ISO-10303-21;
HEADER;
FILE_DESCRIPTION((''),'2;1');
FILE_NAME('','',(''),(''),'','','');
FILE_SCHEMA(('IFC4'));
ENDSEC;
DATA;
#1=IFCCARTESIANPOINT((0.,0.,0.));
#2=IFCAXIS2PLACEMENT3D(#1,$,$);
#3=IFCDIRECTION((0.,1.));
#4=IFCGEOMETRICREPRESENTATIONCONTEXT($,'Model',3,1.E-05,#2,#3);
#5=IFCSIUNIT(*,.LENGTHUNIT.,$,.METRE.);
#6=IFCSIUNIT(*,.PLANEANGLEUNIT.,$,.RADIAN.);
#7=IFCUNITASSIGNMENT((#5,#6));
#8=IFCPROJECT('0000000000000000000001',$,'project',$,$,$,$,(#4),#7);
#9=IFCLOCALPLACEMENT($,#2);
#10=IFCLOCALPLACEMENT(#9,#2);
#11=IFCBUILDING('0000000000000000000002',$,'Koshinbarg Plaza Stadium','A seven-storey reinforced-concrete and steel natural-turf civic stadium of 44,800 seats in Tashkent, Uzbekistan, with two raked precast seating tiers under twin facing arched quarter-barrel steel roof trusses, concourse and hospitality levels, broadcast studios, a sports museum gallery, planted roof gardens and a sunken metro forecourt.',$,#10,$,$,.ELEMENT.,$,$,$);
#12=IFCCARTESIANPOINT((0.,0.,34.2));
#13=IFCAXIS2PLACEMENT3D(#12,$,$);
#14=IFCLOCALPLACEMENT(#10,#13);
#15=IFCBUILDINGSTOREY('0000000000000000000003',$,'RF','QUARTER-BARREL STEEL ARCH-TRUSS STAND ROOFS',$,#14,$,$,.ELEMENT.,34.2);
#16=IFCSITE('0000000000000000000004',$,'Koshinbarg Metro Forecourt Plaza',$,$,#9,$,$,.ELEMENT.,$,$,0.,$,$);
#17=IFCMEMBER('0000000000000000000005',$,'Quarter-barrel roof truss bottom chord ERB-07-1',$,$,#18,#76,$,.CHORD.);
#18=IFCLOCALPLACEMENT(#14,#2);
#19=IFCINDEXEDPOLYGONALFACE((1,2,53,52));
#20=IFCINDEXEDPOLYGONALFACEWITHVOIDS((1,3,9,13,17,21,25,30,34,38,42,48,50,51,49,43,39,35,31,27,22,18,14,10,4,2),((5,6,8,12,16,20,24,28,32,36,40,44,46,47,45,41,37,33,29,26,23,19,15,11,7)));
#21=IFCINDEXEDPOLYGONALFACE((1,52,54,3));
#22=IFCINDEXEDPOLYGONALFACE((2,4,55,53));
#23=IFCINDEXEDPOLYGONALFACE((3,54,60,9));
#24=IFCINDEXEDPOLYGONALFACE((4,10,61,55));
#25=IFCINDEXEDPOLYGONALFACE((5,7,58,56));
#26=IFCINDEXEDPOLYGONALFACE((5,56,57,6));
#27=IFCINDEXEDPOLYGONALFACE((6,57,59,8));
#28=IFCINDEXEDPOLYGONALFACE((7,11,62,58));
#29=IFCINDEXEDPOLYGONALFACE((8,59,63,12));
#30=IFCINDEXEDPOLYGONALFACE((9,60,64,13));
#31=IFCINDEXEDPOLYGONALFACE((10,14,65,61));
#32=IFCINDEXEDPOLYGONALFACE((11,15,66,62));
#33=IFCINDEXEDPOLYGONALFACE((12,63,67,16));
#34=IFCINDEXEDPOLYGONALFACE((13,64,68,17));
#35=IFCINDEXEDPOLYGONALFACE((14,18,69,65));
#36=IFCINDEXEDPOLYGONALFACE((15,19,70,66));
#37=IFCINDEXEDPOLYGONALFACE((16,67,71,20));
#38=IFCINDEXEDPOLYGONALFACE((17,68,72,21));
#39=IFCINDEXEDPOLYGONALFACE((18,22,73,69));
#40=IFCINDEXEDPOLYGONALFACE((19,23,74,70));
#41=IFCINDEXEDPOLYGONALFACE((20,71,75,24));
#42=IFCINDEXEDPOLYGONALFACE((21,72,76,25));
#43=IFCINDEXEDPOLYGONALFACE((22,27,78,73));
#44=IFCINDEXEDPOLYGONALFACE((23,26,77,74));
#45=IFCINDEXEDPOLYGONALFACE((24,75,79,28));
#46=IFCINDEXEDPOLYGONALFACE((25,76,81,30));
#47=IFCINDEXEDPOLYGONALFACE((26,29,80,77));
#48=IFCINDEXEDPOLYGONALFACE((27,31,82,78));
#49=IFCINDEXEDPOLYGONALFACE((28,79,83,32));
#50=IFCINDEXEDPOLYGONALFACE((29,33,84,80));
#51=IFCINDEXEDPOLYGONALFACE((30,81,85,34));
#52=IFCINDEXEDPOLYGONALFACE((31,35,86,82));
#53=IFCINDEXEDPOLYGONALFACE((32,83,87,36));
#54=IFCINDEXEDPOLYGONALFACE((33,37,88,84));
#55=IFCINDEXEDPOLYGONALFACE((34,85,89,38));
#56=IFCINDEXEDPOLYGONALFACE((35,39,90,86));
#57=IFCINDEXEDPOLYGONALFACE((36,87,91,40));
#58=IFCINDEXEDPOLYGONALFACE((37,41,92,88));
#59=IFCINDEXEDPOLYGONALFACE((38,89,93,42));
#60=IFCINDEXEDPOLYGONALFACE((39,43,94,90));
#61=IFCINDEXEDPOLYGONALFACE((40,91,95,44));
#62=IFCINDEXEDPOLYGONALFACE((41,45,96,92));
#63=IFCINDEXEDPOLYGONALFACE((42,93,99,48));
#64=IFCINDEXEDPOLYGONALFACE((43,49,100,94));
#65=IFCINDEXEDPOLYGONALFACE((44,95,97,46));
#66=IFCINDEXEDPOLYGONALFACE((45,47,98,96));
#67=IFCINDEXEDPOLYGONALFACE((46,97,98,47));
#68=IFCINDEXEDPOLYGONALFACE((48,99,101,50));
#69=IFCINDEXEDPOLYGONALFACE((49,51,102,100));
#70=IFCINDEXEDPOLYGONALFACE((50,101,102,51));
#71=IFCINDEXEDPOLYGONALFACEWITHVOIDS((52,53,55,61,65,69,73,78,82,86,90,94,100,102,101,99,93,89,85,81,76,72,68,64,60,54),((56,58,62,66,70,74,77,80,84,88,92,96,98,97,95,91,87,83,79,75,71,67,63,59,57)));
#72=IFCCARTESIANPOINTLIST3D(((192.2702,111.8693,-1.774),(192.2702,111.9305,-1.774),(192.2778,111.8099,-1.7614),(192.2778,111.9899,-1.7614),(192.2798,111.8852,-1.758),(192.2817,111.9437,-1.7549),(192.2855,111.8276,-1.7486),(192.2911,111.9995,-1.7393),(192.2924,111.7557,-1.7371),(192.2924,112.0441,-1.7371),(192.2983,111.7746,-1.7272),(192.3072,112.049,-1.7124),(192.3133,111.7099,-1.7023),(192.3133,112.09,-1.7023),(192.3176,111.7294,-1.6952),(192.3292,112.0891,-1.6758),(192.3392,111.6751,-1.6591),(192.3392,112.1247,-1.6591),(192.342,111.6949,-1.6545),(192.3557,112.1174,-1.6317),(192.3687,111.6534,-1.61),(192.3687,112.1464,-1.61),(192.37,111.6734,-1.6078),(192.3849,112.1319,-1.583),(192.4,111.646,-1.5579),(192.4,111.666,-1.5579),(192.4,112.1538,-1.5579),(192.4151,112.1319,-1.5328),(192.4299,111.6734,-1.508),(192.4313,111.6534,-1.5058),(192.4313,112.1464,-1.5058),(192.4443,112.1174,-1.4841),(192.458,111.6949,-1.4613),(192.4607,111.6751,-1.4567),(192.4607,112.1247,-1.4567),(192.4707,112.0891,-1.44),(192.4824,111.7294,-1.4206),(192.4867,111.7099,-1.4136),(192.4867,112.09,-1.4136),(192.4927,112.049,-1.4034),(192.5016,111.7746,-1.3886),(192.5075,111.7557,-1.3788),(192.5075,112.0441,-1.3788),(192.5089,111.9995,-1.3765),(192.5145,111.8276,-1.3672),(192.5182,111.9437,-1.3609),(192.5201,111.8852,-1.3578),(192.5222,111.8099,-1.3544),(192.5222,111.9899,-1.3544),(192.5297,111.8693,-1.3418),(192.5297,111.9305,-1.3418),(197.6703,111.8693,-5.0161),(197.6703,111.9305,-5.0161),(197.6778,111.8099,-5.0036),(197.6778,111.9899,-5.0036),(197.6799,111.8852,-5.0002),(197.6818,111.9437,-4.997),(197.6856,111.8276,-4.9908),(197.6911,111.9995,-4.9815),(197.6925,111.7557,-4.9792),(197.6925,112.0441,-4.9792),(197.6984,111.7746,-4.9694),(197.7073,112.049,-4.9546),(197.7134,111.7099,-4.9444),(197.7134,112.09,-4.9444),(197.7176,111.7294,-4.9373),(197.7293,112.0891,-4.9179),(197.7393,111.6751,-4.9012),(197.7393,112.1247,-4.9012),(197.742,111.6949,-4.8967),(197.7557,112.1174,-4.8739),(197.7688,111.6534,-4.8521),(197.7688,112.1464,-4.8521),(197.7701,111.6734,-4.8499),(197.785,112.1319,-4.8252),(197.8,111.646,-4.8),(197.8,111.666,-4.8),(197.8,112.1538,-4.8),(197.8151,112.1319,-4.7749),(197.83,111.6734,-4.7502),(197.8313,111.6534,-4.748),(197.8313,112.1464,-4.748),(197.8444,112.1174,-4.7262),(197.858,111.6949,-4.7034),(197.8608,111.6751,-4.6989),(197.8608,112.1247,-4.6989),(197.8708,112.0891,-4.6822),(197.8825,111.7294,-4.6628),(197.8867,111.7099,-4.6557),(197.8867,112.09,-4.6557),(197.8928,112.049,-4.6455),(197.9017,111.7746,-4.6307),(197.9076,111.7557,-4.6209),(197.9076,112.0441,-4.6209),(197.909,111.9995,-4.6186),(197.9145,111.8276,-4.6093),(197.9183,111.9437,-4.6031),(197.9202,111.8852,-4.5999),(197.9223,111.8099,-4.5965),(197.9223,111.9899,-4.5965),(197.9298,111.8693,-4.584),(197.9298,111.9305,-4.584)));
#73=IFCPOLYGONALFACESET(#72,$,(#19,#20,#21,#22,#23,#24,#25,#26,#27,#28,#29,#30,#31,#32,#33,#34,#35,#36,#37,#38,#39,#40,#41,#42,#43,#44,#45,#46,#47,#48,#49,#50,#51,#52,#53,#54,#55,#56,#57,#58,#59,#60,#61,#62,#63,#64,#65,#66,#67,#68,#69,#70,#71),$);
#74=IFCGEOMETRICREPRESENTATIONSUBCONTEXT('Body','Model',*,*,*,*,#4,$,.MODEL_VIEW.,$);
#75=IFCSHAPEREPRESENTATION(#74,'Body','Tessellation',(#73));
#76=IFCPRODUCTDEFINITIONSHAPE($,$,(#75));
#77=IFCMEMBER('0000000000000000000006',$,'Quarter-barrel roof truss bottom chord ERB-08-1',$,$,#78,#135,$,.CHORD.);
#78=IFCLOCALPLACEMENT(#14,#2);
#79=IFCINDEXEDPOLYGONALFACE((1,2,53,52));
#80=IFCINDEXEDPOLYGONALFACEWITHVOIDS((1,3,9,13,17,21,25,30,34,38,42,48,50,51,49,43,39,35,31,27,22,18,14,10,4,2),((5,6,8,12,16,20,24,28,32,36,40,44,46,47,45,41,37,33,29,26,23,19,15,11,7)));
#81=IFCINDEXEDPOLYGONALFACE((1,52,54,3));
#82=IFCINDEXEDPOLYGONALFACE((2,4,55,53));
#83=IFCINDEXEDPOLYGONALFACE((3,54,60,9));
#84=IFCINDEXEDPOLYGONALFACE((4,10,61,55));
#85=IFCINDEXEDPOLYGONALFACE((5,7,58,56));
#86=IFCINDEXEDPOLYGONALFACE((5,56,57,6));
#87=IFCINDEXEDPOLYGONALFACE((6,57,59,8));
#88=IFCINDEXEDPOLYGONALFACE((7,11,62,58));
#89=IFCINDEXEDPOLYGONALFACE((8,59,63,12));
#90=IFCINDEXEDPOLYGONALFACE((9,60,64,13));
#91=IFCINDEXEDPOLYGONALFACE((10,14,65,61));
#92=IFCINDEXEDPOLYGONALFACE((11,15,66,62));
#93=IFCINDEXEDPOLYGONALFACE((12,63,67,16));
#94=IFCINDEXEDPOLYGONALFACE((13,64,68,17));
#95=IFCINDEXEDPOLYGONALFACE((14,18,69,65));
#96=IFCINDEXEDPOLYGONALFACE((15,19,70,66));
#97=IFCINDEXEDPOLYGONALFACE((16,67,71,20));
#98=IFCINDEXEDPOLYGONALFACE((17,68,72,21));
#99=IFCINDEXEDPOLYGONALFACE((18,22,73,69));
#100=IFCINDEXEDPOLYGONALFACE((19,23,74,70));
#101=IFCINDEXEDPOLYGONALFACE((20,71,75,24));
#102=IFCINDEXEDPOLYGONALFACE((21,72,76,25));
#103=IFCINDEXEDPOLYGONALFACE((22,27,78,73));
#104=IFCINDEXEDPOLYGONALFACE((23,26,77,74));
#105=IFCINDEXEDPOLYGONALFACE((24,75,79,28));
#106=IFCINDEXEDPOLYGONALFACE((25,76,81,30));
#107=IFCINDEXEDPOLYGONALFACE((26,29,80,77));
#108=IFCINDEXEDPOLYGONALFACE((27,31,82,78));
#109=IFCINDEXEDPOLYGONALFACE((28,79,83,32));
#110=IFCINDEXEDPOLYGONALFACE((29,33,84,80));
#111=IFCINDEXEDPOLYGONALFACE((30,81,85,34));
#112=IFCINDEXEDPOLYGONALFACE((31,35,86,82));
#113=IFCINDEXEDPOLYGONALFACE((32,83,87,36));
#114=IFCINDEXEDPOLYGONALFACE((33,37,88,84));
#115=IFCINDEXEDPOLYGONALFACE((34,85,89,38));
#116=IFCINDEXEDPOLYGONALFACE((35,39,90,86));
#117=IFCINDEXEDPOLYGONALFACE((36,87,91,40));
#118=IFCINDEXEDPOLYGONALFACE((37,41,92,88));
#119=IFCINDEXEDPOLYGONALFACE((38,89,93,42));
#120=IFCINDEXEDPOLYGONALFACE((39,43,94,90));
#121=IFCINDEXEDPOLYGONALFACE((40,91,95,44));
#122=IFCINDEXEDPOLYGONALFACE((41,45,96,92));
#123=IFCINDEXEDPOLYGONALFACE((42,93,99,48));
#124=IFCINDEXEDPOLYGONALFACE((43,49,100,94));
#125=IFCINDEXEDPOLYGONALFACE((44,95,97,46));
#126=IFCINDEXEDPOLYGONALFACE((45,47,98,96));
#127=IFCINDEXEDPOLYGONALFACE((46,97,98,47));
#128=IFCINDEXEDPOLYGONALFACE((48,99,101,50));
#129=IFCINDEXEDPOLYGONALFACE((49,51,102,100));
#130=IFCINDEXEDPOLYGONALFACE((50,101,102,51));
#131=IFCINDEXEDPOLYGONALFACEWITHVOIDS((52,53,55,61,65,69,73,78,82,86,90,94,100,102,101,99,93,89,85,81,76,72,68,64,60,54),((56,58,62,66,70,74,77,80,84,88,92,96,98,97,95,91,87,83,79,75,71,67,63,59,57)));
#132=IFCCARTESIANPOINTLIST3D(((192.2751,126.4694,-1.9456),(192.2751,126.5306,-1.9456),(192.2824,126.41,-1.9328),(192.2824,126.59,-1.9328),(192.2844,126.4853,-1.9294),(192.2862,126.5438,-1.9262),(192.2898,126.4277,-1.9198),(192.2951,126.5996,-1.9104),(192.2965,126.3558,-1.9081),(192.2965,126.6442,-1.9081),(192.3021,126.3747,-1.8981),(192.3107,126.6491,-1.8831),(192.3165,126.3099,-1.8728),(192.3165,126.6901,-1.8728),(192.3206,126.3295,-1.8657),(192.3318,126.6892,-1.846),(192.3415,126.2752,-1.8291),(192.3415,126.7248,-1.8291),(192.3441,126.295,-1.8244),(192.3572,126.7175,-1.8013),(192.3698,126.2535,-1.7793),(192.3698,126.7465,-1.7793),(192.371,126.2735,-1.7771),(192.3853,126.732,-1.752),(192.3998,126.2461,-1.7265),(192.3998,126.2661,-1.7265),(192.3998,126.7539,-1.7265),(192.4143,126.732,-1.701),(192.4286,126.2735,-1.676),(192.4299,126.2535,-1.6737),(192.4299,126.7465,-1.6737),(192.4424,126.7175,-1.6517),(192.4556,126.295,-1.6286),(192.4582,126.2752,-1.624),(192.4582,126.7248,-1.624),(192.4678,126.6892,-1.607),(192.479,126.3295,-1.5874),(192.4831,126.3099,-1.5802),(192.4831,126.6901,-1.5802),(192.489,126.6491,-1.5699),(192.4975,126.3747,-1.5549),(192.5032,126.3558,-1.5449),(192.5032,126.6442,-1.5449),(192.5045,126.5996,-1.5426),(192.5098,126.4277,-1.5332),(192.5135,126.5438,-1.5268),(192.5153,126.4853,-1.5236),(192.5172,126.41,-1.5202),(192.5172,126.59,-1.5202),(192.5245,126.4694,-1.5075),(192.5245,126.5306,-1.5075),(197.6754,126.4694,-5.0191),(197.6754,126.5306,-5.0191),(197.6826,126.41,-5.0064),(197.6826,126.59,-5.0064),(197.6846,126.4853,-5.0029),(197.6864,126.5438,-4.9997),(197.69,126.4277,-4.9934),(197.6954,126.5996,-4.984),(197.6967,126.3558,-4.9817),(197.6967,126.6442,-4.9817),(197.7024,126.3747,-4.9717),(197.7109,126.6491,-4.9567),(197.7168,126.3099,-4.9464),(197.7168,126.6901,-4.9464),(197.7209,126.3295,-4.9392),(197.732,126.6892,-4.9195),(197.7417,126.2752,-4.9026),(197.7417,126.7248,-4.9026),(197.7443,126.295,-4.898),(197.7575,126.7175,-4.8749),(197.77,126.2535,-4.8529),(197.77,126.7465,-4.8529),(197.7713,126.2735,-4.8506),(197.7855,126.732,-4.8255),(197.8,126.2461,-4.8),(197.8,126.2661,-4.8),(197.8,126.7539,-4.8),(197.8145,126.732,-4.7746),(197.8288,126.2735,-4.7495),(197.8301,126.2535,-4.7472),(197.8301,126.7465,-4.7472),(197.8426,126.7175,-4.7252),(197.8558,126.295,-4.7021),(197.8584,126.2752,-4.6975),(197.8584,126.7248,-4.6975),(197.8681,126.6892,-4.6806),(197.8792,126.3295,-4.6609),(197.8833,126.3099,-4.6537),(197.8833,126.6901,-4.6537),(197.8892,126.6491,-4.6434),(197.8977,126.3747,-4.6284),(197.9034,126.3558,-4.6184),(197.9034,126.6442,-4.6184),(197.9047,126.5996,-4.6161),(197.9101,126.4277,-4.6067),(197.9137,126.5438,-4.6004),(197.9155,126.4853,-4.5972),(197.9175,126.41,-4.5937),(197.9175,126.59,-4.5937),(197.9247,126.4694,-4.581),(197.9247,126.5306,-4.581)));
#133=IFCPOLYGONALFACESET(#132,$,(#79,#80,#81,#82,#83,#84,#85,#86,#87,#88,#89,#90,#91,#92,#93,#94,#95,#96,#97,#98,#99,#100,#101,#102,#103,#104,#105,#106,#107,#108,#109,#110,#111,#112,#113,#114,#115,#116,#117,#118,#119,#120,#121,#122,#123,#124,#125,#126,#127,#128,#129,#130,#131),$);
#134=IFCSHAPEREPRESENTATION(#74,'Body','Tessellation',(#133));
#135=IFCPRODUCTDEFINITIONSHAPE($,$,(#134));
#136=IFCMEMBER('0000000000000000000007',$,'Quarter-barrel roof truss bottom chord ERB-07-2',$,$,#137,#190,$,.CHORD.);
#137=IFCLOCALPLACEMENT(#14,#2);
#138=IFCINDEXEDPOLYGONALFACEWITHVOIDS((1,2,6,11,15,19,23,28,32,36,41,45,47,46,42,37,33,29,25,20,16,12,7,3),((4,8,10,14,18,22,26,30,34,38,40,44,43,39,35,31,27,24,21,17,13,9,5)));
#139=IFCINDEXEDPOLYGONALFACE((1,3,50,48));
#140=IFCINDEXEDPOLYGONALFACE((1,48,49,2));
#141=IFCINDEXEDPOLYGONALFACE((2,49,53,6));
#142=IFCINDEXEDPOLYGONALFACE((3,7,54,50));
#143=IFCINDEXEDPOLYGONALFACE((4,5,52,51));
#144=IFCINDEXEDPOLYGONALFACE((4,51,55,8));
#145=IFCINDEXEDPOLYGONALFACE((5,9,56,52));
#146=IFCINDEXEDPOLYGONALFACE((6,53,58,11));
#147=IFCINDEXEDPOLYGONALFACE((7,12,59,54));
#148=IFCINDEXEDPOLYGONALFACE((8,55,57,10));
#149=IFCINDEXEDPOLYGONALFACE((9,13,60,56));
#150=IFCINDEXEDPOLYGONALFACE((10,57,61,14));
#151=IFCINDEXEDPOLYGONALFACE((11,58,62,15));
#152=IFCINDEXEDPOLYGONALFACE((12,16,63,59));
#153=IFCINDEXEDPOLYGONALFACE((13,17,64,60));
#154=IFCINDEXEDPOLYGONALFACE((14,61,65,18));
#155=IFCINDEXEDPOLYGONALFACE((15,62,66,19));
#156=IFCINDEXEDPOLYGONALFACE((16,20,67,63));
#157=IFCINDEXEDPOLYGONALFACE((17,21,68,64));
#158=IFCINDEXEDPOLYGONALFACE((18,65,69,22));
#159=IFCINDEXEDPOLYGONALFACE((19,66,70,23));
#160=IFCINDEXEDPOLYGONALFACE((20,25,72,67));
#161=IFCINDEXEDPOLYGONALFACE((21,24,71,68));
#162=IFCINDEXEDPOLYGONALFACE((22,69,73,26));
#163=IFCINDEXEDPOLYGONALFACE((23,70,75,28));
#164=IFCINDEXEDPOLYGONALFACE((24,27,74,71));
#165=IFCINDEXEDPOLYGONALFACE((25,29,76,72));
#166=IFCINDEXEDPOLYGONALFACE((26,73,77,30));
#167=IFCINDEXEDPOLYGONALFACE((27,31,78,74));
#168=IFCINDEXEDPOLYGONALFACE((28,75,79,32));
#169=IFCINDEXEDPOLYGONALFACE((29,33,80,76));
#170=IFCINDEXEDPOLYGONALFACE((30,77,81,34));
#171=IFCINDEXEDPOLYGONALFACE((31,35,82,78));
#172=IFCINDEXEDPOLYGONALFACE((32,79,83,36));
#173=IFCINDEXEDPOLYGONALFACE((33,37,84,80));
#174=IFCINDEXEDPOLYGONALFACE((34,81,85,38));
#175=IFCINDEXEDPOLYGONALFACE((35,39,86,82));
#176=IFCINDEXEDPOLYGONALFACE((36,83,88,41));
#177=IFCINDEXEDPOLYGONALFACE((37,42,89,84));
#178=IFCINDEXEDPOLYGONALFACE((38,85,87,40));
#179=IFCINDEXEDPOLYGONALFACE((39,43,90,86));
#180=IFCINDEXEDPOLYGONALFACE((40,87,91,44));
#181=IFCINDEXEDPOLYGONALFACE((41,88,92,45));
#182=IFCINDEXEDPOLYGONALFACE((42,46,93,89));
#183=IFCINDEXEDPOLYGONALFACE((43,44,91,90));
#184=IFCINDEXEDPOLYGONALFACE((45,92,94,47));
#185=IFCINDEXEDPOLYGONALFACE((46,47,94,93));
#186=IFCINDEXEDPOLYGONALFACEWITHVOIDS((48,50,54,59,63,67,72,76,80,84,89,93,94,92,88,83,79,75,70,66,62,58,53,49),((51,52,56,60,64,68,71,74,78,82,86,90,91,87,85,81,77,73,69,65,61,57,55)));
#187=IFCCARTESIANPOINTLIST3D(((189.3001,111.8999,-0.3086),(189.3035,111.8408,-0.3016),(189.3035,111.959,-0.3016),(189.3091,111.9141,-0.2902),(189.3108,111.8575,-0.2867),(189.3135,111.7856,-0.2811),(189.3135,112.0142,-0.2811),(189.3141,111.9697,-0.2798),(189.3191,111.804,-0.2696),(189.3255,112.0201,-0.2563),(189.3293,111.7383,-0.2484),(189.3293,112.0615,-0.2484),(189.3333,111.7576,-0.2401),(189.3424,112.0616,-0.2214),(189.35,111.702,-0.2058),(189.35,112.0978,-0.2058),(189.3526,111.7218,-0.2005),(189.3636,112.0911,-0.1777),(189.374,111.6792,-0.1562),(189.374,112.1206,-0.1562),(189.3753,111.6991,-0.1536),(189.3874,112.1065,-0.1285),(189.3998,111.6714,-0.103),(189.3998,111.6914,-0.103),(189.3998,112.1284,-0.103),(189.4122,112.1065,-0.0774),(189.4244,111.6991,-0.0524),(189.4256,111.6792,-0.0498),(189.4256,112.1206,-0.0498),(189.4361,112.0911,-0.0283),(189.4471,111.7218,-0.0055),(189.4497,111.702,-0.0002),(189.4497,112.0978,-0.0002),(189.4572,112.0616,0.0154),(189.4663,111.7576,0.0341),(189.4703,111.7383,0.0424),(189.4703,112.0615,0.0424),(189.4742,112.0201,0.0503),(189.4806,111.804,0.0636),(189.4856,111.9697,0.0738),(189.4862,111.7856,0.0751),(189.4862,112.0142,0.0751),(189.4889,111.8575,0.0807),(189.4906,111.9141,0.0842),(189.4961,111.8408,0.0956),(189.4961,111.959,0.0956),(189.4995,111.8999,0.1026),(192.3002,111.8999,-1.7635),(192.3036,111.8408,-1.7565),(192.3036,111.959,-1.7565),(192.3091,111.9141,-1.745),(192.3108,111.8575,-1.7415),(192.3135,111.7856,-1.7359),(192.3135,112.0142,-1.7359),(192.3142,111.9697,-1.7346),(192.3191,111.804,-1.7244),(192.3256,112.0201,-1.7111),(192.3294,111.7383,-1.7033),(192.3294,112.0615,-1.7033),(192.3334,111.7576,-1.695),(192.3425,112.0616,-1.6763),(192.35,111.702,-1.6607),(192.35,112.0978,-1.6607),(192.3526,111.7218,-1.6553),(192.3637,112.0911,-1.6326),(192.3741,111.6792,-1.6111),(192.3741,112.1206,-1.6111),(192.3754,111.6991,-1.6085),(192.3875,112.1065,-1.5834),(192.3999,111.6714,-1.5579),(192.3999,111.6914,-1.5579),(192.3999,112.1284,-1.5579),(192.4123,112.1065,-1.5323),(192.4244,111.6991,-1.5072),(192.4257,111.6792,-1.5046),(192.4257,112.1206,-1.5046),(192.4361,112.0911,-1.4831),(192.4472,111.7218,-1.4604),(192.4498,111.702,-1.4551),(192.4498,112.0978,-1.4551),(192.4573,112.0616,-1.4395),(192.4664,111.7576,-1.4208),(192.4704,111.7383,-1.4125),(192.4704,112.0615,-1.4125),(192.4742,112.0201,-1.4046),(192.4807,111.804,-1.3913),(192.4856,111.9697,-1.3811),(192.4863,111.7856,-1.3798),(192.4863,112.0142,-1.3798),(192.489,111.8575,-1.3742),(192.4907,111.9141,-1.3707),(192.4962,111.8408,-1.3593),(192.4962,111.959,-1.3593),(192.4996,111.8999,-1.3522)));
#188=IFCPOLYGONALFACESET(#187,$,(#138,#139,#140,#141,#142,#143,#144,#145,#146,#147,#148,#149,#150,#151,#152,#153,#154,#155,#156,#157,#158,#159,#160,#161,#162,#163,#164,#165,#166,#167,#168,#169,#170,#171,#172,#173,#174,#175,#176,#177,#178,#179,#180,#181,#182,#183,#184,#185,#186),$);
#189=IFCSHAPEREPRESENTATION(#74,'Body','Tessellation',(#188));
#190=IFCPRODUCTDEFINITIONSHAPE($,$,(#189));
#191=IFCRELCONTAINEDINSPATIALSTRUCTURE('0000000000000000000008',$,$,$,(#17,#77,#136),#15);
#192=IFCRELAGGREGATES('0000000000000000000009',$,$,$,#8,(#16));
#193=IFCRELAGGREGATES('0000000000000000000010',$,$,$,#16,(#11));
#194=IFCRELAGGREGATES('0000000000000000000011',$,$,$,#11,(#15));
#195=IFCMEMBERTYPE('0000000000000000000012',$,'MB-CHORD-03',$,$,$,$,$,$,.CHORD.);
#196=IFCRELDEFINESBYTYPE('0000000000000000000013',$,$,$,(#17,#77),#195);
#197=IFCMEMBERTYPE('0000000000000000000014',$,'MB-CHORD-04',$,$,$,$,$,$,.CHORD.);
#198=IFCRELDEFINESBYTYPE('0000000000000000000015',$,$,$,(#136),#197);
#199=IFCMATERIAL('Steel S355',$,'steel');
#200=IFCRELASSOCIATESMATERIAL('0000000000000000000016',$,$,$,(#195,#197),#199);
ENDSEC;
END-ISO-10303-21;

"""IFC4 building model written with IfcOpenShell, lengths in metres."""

from ifc_helpers import new_model, si_unit, direction, frame, origin, origin_2d, place, context, subcontext, project, spatial, hollow_circle, extrude, material, material_profile, profile_set, type_object, element, save


model = new_model("IFC4")

# Units and contexts
model_context = context("Model", 3, precision=1e-05, world=origin(), true_north=direction((0.0, 1.0)))
body_context = subcontext(model_context, "Body", "Model", "MODEL_VIEW")
ifc_project = project(units=[si_unit("LENGTHUNIT", "METRE"), si_unit("PLANEANGLEUNIT", "RADIAN")], contexts=[model_context])

# Site, building, storey
site_placement = place(None, origin())
site = spatial("IfcSite", under=ifc_project, at=site_placement, Name="Koshinbarg Metro Forecourt Plaza", CompositionType="ELEMENT", RefElevation=0.0)
building_placement = place(site_placement, origin())
building = spatial("IfcBuilding", under=site, at=building_placement, Name="Koshinbarg Plaza Stadium", Description="A seven-storey reinforced-concrete and steel natural-turf civic stadium of 44,800 seats in Tashkent, Uzbekistan, with two raked precast seating tiers under twin facing arched quarter-barrel steel roof trusses, concourse and hospitality levels, broadcast studios, a sports museum gallery, planted roof gardens and a sunken metro forecourt.", CompositionType="ELEMENT")
storey_placement = place(building_placement, frame((0.0, 0.0, 34.2)))
storey = spatial("IfcBuildingStorey", under=building, at=storey_placement, Name="RF", Description="QUARTER-BARREL STEEL ARCH-TRUSS STAND ROOFS", CompositionType="ELEMENT", Elevation=34.2)

# Members
ifc_material_1 = material(Name="Steel S355", Category="steel")
ifc_material_profile_1 = material_profile(ifc_material_1, hollow_circle(Radius=0.2539, WallThickness=0.02, at=origin_2d()), Name="CHS 508x20")
ifc_profile_set_1 = profile_set([ifc_material_profile_1], Name="Steel S355")
member_type_1 = type_object("IfcMemberType", Name="MB-CHORD-03", PredefinedType="CHORD", material=ifc_profile_set_1)
member_1_placement = place(storey_placement, frame((197.8, 111.8999, -4.8), z_axis=(-0.857346, 0.0, 0.514741), x_axis=(0.0, -1.0, 0.0)))
element("IfcMember", 1, at=member_1_placement, inside=storey, type_object=member_type_1, Name="Quarter-barrel roof truss bottom chord ERB-07-1", PredefinedType="CHORD", context=body_context, shape_type="SweptSolid", body=[
    extrude(hollow_circle(Radius=0.2539, WallThickness=0.02, at=origin_2d()), origin(), (0.0, 0.0, 1.0), 6.2986),
])
member_2_placement = place(storey_placement, frame((197.8, 126.5, -4.8), z_axis=(-0.869095, 0.0, 0.494645), x_axis=(0.0, -1.0, 0.0)))
element("IfcMember", 2, at=member_2_placement, inside=storey, type_object=member_type_1, Name="Quarter-barrel roof truss bottom chord ERB-08-1", PredefinedType="CHORD", context=body_context, shape_type="SweptSolid", body=[
    extrude(hollow_circle(Radius=0.2539, WallThickness=0.02, at=origin_2d()), origin(), (0.0, 0.0, 1.0), 6.2136),
])
ifc_material_profile_2 = material_profile(ifc_material_1, hollow_circle(Radius=0.2285, WallThickness=0.02, at=origin_2d()), Name="CHS 457x20")
ifc_profile_set_2 = profile_set([ifc_material_profile_2], Name="Steel S355")
member_type_2 = type_object("IfcMemberType", Name="MB-CHORD-04", PredefinedType="CHORD", material=ifc_profile_set_2)
member_3_placement = place(storey_placement, frame((192.3999, 111.8999, -1.5579), z_axis=(-0.89978, 0.0, 0.436344), x_axis=(0.0, -1.0, 0.0)))
element("IfcMember", 3, at=member_3_placement, inside=storey, type_object=member_type_2, Name="Quarter-barrel roof truss bottom chord ERB-07-2", PredefinedType="CHORD", context=body_context, shape_type="SweptSolid", body=[
    extrude(hollow_circle(Radius=0.2285, WallThickness=0.02, at=origin_2d()), origin(), (0.0, 0.0, 1.0), 3.3342),
])

save(model, "model.ifc")
